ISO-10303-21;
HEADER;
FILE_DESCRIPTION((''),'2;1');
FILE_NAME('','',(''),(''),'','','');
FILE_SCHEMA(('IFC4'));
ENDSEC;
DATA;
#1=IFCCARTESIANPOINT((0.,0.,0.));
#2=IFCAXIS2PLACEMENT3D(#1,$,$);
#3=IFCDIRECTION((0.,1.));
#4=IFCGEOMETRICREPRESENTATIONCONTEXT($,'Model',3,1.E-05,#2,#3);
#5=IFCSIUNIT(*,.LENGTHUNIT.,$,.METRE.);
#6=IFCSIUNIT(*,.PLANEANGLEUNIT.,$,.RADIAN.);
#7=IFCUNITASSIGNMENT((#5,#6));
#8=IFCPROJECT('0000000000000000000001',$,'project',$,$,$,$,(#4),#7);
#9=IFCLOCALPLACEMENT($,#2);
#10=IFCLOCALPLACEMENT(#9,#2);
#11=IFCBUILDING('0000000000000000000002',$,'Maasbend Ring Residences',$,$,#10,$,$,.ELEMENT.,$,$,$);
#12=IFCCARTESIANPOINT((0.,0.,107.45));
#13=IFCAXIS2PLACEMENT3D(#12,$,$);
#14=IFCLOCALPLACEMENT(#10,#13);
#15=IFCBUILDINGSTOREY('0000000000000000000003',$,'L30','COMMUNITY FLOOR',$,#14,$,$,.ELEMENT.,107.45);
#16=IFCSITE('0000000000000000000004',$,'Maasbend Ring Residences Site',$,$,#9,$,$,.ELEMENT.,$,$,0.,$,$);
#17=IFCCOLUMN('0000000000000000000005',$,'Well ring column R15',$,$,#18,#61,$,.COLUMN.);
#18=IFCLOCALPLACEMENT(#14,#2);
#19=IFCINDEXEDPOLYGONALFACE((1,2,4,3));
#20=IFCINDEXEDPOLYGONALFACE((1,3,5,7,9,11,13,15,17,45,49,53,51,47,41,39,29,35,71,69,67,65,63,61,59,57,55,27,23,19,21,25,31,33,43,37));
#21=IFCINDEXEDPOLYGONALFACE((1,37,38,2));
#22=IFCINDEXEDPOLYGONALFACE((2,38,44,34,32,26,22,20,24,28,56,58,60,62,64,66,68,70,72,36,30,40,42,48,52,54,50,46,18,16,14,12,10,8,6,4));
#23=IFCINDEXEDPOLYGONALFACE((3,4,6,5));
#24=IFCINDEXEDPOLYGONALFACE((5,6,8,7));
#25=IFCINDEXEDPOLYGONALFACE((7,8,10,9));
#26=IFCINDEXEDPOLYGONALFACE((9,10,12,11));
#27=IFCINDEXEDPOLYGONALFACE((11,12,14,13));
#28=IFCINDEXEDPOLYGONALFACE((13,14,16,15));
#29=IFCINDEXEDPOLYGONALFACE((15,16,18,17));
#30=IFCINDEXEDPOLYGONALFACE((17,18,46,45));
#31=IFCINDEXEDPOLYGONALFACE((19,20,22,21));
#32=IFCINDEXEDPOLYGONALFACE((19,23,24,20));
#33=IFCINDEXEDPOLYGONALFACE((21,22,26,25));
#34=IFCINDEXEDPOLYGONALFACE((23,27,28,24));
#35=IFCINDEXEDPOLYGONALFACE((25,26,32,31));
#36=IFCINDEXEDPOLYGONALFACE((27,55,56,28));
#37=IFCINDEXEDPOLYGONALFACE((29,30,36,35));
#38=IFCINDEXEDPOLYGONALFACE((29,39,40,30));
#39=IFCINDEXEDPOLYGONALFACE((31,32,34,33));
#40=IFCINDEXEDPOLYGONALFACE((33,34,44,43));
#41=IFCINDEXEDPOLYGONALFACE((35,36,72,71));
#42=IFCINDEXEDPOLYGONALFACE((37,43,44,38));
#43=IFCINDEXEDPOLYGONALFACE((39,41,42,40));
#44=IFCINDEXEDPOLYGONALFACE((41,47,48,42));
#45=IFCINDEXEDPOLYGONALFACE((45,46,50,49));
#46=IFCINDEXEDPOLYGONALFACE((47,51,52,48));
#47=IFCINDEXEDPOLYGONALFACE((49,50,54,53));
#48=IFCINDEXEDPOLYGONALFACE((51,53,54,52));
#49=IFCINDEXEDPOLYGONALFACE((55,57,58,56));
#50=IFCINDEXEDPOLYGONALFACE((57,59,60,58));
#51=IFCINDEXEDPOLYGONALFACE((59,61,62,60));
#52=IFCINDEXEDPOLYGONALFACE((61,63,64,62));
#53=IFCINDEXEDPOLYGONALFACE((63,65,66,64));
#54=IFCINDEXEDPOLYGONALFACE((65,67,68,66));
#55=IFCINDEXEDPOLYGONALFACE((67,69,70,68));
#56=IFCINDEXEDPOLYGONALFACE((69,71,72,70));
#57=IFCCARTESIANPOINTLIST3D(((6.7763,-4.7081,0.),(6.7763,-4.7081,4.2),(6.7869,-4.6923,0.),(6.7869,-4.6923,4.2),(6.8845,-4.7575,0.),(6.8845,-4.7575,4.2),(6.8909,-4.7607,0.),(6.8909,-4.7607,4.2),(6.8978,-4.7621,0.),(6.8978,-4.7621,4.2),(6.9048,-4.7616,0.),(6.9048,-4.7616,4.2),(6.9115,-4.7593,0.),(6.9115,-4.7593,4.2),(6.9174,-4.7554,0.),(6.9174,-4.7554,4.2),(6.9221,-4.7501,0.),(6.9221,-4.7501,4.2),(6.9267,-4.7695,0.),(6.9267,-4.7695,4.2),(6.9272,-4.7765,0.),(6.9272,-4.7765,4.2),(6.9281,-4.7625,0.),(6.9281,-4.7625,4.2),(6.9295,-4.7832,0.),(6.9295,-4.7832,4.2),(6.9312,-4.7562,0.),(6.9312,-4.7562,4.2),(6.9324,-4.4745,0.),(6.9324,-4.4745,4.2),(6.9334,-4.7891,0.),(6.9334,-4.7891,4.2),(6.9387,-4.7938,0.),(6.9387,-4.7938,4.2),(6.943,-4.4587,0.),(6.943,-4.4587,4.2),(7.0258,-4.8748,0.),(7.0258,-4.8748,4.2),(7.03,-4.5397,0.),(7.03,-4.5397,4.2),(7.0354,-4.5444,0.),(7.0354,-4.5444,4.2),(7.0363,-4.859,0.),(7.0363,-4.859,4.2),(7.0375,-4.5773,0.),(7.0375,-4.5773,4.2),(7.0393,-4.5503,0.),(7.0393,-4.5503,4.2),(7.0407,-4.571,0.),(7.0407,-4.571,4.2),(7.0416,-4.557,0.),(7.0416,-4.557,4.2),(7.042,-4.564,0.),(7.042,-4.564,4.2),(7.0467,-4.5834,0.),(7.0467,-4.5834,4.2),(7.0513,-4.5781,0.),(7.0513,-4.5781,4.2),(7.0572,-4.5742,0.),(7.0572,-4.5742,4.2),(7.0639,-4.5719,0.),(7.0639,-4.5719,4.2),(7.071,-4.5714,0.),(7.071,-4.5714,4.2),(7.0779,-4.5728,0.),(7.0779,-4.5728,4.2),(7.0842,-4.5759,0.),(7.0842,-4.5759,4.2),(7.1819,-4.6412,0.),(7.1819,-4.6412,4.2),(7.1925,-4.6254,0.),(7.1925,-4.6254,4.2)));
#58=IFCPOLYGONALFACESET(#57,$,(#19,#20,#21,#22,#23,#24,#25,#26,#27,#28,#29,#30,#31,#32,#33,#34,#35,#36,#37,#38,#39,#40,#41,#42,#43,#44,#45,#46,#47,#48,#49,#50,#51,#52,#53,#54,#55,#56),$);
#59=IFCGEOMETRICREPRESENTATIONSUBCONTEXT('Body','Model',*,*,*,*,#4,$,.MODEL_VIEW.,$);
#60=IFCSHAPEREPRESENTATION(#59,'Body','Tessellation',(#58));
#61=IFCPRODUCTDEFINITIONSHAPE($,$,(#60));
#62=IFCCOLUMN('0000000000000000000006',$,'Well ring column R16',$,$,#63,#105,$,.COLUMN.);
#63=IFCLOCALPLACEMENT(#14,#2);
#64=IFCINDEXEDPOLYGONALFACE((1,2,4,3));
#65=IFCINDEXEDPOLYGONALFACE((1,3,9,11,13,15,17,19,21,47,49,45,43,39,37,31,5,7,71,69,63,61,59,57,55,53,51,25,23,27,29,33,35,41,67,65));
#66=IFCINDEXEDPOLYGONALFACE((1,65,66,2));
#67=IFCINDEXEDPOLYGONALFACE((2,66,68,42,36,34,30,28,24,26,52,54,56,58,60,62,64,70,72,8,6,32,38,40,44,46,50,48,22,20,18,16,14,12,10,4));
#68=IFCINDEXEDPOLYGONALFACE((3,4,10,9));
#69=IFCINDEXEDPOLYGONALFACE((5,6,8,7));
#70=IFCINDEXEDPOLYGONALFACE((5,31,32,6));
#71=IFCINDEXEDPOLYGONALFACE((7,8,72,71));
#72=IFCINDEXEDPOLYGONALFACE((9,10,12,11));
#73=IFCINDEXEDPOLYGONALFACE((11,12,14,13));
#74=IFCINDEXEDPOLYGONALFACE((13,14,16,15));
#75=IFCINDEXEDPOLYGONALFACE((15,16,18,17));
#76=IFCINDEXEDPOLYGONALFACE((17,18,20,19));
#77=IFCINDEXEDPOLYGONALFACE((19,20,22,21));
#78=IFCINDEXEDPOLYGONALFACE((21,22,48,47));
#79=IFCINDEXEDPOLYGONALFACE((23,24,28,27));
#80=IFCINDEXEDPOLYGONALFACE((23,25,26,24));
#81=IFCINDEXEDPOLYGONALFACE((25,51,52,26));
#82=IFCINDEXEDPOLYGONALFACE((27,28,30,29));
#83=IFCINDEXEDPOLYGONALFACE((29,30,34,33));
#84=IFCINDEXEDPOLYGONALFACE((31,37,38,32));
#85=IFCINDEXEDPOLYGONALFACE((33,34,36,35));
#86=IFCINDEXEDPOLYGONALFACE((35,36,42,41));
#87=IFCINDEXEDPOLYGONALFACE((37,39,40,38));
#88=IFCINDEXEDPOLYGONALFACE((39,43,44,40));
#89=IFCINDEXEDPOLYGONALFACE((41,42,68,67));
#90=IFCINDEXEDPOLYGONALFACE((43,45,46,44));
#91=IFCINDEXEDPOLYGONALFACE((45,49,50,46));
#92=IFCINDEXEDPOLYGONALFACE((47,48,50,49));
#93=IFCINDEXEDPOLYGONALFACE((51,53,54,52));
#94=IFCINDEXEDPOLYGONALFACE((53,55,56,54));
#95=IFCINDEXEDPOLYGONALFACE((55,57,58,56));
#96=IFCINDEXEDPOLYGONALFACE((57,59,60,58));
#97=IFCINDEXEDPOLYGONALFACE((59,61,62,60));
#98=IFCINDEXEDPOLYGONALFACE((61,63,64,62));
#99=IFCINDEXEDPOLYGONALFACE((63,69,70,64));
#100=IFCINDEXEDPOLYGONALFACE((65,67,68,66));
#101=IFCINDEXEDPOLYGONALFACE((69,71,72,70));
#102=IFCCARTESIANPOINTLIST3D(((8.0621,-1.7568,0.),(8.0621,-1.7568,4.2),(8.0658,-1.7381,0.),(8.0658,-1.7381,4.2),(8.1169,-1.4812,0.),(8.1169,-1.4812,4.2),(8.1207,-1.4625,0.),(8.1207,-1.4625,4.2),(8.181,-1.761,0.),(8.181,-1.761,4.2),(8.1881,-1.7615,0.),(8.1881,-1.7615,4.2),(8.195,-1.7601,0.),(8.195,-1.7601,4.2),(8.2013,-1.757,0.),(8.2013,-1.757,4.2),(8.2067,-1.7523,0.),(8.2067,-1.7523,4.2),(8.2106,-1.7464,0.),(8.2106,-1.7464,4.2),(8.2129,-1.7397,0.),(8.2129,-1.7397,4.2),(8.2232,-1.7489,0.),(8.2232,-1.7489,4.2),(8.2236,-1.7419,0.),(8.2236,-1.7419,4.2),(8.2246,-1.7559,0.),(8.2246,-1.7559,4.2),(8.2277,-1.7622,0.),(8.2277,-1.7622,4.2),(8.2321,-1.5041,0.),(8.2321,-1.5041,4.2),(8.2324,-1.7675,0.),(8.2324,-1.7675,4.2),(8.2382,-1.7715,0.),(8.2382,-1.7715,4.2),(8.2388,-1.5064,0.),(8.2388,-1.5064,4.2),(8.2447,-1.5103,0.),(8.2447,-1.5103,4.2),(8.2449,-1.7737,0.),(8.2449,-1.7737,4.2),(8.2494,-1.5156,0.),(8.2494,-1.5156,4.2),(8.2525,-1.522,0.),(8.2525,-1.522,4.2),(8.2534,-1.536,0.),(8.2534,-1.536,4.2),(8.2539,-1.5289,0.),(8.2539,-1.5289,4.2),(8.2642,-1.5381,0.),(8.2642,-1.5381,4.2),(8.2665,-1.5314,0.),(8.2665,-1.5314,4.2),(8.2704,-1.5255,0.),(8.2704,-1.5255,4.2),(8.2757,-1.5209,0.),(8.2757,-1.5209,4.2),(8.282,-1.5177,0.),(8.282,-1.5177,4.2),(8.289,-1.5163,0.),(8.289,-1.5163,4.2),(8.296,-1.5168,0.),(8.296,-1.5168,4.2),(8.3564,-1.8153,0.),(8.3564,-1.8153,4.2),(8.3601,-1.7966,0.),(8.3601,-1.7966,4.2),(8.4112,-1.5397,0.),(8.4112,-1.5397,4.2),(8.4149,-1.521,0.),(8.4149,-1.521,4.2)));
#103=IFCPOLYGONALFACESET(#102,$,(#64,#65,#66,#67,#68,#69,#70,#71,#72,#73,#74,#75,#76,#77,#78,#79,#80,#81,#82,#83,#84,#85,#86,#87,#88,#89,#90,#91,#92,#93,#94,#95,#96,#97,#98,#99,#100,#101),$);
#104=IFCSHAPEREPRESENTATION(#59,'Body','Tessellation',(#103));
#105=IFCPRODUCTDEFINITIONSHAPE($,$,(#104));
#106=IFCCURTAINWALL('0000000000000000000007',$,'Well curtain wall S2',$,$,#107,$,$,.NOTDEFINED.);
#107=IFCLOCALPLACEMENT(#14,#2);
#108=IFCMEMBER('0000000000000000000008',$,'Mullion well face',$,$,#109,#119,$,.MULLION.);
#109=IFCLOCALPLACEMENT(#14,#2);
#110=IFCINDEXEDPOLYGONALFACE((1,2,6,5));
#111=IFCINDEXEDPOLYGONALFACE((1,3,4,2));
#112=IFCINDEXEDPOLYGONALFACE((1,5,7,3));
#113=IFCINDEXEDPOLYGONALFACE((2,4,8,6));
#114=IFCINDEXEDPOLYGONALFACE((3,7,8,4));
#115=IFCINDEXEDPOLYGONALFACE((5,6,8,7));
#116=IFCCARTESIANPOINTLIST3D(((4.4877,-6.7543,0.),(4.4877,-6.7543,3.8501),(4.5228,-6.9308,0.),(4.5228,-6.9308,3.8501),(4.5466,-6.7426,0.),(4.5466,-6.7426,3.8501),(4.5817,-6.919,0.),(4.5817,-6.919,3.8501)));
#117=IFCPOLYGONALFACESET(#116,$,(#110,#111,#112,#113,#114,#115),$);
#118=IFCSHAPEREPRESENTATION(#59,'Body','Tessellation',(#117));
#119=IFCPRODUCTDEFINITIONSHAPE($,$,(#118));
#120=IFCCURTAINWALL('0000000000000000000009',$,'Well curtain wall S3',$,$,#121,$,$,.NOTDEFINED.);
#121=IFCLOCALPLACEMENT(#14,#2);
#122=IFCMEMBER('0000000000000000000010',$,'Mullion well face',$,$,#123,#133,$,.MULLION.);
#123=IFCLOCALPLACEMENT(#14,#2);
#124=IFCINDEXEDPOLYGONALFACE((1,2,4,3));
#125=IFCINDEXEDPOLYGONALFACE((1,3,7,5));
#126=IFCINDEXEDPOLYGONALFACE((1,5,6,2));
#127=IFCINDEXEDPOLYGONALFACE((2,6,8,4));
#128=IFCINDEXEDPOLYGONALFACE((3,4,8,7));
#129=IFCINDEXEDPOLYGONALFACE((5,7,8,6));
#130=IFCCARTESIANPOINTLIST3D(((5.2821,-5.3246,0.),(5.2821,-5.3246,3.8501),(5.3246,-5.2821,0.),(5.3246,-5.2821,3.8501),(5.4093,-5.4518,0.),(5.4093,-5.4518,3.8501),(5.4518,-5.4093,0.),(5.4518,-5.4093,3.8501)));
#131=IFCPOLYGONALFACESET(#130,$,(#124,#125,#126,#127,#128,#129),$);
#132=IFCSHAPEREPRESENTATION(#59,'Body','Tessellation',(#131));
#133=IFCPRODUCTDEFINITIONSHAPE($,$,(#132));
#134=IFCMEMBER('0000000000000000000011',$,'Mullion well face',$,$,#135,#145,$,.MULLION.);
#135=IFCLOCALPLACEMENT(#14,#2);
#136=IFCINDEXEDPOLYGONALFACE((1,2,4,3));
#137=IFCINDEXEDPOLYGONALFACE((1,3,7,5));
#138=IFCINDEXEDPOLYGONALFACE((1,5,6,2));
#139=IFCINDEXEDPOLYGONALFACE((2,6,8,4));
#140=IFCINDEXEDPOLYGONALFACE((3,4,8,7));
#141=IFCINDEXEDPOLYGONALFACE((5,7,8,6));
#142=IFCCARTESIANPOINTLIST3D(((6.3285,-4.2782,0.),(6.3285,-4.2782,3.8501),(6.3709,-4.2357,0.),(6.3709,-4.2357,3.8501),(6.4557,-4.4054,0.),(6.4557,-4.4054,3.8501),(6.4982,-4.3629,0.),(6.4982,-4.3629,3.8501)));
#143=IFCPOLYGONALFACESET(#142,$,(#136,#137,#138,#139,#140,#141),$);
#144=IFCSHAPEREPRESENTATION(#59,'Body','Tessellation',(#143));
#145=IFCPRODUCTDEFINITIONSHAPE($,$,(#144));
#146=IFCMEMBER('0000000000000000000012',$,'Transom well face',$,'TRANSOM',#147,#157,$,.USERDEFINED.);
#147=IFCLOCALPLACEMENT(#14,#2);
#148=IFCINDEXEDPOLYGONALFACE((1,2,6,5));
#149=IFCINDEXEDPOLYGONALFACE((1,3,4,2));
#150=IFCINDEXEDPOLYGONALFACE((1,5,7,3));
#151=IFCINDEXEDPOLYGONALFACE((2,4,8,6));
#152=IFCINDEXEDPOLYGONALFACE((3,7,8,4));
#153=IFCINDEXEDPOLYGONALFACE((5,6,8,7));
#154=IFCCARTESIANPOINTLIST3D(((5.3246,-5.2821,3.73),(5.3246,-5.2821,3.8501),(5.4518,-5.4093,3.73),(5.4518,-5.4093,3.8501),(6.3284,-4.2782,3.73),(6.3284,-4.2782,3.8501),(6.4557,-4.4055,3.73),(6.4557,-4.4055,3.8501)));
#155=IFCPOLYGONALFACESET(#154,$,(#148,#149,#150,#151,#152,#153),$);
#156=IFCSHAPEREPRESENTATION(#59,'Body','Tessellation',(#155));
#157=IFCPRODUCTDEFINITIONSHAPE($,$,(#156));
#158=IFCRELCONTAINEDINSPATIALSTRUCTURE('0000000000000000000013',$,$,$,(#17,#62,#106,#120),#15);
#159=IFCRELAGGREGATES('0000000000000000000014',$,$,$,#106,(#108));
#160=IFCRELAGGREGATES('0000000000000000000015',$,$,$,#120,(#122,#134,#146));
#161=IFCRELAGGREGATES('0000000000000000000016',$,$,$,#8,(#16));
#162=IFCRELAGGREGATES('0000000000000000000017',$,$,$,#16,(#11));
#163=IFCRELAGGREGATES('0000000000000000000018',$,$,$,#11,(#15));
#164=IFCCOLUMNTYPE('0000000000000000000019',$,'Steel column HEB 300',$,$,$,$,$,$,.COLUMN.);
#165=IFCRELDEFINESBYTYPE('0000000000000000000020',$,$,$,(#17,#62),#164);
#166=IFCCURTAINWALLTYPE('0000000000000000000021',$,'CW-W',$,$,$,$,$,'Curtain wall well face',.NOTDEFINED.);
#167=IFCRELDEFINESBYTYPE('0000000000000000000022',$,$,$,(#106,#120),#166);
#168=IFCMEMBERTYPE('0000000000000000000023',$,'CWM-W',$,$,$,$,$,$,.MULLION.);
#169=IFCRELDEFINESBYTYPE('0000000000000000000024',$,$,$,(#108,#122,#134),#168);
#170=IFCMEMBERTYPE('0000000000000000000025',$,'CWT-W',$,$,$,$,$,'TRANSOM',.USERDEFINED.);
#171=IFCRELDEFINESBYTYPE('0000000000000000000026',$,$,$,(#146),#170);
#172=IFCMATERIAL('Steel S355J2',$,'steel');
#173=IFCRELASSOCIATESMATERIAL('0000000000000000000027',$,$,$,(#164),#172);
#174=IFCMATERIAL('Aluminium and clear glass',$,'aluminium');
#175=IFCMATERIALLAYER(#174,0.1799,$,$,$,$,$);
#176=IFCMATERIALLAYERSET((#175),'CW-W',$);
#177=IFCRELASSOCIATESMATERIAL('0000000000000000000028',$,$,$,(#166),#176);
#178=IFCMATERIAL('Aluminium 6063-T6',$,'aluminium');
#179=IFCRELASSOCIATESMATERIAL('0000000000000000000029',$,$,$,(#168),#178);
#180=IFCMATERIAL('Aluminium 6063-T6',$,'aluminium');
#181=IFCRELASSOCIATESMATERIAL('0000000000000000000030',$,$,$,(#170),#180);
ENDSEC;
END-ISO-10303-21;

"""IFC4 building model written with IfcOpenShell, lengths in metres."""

from ifc_helpers import new_model, si_unit, direction, frame, origin, origin_2d, place, context, subcontext, project, spatial, rectangle, i_section, extrude, material, layer, layer_set, material_profile, profile_set, type_object, element, aggregate, save


model = new_model("IFC4")

# Units and contexts
model_context = context("Model", 3, precision=1e-05, world=origin(), true_north=direction((0.0, 1.0)))
body_context = subcontext(model_context, "Body", "Model", "MODEL_VIEW")
ifc_project = project(units=[si_unit("LENGTHUNIT", "METRE"), si_unit("PLANEANGLEUNIT", "RADIAN")], contexts=[model_context])

# Site, building, storey
site_placement = place(None, origin())
site = spatial("IfcSite", under=ifc_project, at=site_placement, Name="Maasbend Ring Residences Site", CompositionType="ELEMENT", RefElevation=0.0)
building_placement = place(site_placement, origin())
building = spatial("IfcBuilding", under=site, at=building_placement, Name="Maasbend Ring Residences", CompositionType="ELEMENT")
storey_placement = place(building_placement, frame((0.0, 0.0, 107.45)))
storey = spatial("IfcBuildingStorey", under=building, at=storey_placement, Name="L30", Description="COMMUNITY FLOOR", CompositionType="ELEMENT", Elevation=107.45)

# Columns
ifc_material_1 = material(Name="Steel S355J2", Category="steel")
ifc_material_profile_1 = material_profile(ifc_material_1, i_section(OverallWidth=0.3, OverallDepth=0.3, WebThickness=0.011, FlangeThickness=0.019, FilletRadius=0.0271, at=origin_2d()), Name="HEB 300")
ifc_profile_set_1 = profile_set([ifc_material_profile_1], Name="Steel S355J2")
column_type = type_object("IfcColumnType", Name="Steel column HEB 300", PredefinedType="COLUMN", material=ifc_profile_set_1)
for number, where, z_axis, x_axis, name in (
    (1, (6.9844, -4.6667, 0.0), (0.0, 0.0, 1.0), (0.83147, -0.55557, 0.0), "Well ring column R15"),
    (2, (8.2385, -1.6389, 0.0), (0.0, 0.0, 1.0), (0.980785, -0.19509, 0.0), "Well ring column R16"),
):
    element("IfcColumn", number, at=place(storey_placement, frame(where, z_axis=z_axis, x_axis=x_axis)), inside=storey, type_object=column_type, Name=name, PredefinedType="COLUMN", context=body_context, shape_type="SweptSolid", body=[
        extrude(i_section(OverallWidth=0.3, OverallDepth=0.3, WebThickness=0.011, FlangeThickness=0.019, FilletRadius=0.0271, at=origin_2d()), origin(), (0.0, 0.0, 1.0), 4.2),
    ])

# Curtain wall, member
ifc_material_2 = material(Name="Aluminium and clear glass", Category="aluminium")
ifc_layer_1 = layer(ifc_material_2, 0.1799)
ifc_layer_set_1 = layer_set([ifc_layer_1], Name="CW-W")
curtain_wall_type = type_object("IfcCurtainWallType", Name="CW-W", ElementType="Curtain wall well face", PredefinedType="NOTDEFINED", material=ifc_layer_set_1)
curtain_wall_1_placement = place(storey_placement, origin())
curtain_wall_1 = element("IfcCurtainWall", 3, at=curtain_wall_1_placement, inside=storey, type_object=curtain_wall_type, Name="Well curtain wall S2", PredefinedType="NOTDEFINED")
ifc_material_3 = material(Name="Aluminium 6063-T6", Category="aluminium")
ifc_material_profile_2 = material_profile(ifc_material_3, rectangle(XDim=0.1799, YDim=0.0601, at=origin_2d()), Name="AL 180x60")
ifc_profile_set_2 = profile_set([ifc_material_profile_2], Name="Aluminium 6063-T6")
member_type_1 = type_object("IfcMemberType", Name="CWM-W", PredefinedType="MULLION", material=ifc_profile_set_2)
member_1_placement = place(storey_placement, frame((4.5347, -6.8367, 0.0), z_axis=(0.0, 0.0, 1.0), x_axis=(-0.19509, 0.980785, 0.0)))
member_1 = element("IfcMember", 4, at=member_1_placement, type_object=member_type_1, Name="Mullion well face", PredefinedType="MULLION", context=body_context, shape_type="SweptSolid", body=[
    extrude(rectangle(XDim=0.1799, YDim=0.0601, at=origin_2d()), origin(), (0.0, 0.0, 1.0), 3.8501),
])
aggregate(curtain_wall_1, [member_1])

# Curtain wall, members
curtain_wall_2_placement = place(storey_placement, origin())
curtain_wall_2 = element("IfcCurtainWall", 5, at=curtain_wall_2_placement, inside=storey, type_object=curtain_wall_type, Name="Well curtain wall S3", PredefinedType="NOTDEFINED")
member_2_placement = place(storey_placement, frame((5.3669, -5.3669, 0.0), z_axis=(0.0, 0.0, 1.0), x_axis=(-0.707107, 0.707107, 0.0)))
member_2 = element("IfcMember", 6, at=member_2_placement, type_object=member_type_1, Name="Mullion well face", PredefinedType="MULLION", context=body_context, shape_type="SweptSolid", body=[
    extrude(rectangle(XDim=0.1799, YDim=0.0601, at=origin_2d()), origin(), (0.0, 0.0, 1.0), 3.8501),
])
member_3_placement = place(storey_placement, frame((6.4133, -4.3206, 0.0), z_axis=(0.0, 0.0, 1.0), x_axis=(-0.707107, 0.707107, 0.0)))
member_3 = element("IfcMember", 7, at=member_3_placement, type_object=member_type_1, Name="Mullion well face", PredefinedType="MULLION", context=body_context, shape_type="SweptSolid", body=[
    extrude(rectangle(XDim=0.1799, YDim=0.0601, at=origin_2d()), origin(), (0.0, 0.0, 1.0), 3.8501),
])
ifc_material_4 = material(Name="Aluminium 6063-T6", Category="aluminium")
ifc_material_profile_3 = material_profile(ifc_material_4, rectangle(XDim=0.1799, YDim=0.1201, at=origin_2d()), Name="AL 180x120")
ifc_profile_set_3 = profile_set([ifc_material_profile_3], Name="Aluminium 6063-T6")
member_type_2 = type_object("IfcMemberType", Name="CWT-W", ElementType="TRANSOM", PredefinedType="USERDEFINED", material=ifc_profile_set_3)
member_4_placement = place(storey_placement, frame((5.3882, -5.3457, 3.79), z_axis=(0.707107, 0.707107, 0.0), x_axis=(-0.707107, 0.707107, 0.0)))
member_4 = element("IfcMember", 8, at=member_4_placement, type_object=member_type_2, Name="Transom well face", ObjectType="TRANSOM", PredefinedType="USERDEFINED", context=body_context, shape_type="SweptSolid", body=[
    extrude(rectangle(XDim=0.1799, YDim=0.1201, at=origin_2d()), origin(), (0.0, 0.0, 1.0), 1.4197),
])

aggregate(curtain_wall_2, [member_2, member_3, member_4])

save(model, "model.ifc")
